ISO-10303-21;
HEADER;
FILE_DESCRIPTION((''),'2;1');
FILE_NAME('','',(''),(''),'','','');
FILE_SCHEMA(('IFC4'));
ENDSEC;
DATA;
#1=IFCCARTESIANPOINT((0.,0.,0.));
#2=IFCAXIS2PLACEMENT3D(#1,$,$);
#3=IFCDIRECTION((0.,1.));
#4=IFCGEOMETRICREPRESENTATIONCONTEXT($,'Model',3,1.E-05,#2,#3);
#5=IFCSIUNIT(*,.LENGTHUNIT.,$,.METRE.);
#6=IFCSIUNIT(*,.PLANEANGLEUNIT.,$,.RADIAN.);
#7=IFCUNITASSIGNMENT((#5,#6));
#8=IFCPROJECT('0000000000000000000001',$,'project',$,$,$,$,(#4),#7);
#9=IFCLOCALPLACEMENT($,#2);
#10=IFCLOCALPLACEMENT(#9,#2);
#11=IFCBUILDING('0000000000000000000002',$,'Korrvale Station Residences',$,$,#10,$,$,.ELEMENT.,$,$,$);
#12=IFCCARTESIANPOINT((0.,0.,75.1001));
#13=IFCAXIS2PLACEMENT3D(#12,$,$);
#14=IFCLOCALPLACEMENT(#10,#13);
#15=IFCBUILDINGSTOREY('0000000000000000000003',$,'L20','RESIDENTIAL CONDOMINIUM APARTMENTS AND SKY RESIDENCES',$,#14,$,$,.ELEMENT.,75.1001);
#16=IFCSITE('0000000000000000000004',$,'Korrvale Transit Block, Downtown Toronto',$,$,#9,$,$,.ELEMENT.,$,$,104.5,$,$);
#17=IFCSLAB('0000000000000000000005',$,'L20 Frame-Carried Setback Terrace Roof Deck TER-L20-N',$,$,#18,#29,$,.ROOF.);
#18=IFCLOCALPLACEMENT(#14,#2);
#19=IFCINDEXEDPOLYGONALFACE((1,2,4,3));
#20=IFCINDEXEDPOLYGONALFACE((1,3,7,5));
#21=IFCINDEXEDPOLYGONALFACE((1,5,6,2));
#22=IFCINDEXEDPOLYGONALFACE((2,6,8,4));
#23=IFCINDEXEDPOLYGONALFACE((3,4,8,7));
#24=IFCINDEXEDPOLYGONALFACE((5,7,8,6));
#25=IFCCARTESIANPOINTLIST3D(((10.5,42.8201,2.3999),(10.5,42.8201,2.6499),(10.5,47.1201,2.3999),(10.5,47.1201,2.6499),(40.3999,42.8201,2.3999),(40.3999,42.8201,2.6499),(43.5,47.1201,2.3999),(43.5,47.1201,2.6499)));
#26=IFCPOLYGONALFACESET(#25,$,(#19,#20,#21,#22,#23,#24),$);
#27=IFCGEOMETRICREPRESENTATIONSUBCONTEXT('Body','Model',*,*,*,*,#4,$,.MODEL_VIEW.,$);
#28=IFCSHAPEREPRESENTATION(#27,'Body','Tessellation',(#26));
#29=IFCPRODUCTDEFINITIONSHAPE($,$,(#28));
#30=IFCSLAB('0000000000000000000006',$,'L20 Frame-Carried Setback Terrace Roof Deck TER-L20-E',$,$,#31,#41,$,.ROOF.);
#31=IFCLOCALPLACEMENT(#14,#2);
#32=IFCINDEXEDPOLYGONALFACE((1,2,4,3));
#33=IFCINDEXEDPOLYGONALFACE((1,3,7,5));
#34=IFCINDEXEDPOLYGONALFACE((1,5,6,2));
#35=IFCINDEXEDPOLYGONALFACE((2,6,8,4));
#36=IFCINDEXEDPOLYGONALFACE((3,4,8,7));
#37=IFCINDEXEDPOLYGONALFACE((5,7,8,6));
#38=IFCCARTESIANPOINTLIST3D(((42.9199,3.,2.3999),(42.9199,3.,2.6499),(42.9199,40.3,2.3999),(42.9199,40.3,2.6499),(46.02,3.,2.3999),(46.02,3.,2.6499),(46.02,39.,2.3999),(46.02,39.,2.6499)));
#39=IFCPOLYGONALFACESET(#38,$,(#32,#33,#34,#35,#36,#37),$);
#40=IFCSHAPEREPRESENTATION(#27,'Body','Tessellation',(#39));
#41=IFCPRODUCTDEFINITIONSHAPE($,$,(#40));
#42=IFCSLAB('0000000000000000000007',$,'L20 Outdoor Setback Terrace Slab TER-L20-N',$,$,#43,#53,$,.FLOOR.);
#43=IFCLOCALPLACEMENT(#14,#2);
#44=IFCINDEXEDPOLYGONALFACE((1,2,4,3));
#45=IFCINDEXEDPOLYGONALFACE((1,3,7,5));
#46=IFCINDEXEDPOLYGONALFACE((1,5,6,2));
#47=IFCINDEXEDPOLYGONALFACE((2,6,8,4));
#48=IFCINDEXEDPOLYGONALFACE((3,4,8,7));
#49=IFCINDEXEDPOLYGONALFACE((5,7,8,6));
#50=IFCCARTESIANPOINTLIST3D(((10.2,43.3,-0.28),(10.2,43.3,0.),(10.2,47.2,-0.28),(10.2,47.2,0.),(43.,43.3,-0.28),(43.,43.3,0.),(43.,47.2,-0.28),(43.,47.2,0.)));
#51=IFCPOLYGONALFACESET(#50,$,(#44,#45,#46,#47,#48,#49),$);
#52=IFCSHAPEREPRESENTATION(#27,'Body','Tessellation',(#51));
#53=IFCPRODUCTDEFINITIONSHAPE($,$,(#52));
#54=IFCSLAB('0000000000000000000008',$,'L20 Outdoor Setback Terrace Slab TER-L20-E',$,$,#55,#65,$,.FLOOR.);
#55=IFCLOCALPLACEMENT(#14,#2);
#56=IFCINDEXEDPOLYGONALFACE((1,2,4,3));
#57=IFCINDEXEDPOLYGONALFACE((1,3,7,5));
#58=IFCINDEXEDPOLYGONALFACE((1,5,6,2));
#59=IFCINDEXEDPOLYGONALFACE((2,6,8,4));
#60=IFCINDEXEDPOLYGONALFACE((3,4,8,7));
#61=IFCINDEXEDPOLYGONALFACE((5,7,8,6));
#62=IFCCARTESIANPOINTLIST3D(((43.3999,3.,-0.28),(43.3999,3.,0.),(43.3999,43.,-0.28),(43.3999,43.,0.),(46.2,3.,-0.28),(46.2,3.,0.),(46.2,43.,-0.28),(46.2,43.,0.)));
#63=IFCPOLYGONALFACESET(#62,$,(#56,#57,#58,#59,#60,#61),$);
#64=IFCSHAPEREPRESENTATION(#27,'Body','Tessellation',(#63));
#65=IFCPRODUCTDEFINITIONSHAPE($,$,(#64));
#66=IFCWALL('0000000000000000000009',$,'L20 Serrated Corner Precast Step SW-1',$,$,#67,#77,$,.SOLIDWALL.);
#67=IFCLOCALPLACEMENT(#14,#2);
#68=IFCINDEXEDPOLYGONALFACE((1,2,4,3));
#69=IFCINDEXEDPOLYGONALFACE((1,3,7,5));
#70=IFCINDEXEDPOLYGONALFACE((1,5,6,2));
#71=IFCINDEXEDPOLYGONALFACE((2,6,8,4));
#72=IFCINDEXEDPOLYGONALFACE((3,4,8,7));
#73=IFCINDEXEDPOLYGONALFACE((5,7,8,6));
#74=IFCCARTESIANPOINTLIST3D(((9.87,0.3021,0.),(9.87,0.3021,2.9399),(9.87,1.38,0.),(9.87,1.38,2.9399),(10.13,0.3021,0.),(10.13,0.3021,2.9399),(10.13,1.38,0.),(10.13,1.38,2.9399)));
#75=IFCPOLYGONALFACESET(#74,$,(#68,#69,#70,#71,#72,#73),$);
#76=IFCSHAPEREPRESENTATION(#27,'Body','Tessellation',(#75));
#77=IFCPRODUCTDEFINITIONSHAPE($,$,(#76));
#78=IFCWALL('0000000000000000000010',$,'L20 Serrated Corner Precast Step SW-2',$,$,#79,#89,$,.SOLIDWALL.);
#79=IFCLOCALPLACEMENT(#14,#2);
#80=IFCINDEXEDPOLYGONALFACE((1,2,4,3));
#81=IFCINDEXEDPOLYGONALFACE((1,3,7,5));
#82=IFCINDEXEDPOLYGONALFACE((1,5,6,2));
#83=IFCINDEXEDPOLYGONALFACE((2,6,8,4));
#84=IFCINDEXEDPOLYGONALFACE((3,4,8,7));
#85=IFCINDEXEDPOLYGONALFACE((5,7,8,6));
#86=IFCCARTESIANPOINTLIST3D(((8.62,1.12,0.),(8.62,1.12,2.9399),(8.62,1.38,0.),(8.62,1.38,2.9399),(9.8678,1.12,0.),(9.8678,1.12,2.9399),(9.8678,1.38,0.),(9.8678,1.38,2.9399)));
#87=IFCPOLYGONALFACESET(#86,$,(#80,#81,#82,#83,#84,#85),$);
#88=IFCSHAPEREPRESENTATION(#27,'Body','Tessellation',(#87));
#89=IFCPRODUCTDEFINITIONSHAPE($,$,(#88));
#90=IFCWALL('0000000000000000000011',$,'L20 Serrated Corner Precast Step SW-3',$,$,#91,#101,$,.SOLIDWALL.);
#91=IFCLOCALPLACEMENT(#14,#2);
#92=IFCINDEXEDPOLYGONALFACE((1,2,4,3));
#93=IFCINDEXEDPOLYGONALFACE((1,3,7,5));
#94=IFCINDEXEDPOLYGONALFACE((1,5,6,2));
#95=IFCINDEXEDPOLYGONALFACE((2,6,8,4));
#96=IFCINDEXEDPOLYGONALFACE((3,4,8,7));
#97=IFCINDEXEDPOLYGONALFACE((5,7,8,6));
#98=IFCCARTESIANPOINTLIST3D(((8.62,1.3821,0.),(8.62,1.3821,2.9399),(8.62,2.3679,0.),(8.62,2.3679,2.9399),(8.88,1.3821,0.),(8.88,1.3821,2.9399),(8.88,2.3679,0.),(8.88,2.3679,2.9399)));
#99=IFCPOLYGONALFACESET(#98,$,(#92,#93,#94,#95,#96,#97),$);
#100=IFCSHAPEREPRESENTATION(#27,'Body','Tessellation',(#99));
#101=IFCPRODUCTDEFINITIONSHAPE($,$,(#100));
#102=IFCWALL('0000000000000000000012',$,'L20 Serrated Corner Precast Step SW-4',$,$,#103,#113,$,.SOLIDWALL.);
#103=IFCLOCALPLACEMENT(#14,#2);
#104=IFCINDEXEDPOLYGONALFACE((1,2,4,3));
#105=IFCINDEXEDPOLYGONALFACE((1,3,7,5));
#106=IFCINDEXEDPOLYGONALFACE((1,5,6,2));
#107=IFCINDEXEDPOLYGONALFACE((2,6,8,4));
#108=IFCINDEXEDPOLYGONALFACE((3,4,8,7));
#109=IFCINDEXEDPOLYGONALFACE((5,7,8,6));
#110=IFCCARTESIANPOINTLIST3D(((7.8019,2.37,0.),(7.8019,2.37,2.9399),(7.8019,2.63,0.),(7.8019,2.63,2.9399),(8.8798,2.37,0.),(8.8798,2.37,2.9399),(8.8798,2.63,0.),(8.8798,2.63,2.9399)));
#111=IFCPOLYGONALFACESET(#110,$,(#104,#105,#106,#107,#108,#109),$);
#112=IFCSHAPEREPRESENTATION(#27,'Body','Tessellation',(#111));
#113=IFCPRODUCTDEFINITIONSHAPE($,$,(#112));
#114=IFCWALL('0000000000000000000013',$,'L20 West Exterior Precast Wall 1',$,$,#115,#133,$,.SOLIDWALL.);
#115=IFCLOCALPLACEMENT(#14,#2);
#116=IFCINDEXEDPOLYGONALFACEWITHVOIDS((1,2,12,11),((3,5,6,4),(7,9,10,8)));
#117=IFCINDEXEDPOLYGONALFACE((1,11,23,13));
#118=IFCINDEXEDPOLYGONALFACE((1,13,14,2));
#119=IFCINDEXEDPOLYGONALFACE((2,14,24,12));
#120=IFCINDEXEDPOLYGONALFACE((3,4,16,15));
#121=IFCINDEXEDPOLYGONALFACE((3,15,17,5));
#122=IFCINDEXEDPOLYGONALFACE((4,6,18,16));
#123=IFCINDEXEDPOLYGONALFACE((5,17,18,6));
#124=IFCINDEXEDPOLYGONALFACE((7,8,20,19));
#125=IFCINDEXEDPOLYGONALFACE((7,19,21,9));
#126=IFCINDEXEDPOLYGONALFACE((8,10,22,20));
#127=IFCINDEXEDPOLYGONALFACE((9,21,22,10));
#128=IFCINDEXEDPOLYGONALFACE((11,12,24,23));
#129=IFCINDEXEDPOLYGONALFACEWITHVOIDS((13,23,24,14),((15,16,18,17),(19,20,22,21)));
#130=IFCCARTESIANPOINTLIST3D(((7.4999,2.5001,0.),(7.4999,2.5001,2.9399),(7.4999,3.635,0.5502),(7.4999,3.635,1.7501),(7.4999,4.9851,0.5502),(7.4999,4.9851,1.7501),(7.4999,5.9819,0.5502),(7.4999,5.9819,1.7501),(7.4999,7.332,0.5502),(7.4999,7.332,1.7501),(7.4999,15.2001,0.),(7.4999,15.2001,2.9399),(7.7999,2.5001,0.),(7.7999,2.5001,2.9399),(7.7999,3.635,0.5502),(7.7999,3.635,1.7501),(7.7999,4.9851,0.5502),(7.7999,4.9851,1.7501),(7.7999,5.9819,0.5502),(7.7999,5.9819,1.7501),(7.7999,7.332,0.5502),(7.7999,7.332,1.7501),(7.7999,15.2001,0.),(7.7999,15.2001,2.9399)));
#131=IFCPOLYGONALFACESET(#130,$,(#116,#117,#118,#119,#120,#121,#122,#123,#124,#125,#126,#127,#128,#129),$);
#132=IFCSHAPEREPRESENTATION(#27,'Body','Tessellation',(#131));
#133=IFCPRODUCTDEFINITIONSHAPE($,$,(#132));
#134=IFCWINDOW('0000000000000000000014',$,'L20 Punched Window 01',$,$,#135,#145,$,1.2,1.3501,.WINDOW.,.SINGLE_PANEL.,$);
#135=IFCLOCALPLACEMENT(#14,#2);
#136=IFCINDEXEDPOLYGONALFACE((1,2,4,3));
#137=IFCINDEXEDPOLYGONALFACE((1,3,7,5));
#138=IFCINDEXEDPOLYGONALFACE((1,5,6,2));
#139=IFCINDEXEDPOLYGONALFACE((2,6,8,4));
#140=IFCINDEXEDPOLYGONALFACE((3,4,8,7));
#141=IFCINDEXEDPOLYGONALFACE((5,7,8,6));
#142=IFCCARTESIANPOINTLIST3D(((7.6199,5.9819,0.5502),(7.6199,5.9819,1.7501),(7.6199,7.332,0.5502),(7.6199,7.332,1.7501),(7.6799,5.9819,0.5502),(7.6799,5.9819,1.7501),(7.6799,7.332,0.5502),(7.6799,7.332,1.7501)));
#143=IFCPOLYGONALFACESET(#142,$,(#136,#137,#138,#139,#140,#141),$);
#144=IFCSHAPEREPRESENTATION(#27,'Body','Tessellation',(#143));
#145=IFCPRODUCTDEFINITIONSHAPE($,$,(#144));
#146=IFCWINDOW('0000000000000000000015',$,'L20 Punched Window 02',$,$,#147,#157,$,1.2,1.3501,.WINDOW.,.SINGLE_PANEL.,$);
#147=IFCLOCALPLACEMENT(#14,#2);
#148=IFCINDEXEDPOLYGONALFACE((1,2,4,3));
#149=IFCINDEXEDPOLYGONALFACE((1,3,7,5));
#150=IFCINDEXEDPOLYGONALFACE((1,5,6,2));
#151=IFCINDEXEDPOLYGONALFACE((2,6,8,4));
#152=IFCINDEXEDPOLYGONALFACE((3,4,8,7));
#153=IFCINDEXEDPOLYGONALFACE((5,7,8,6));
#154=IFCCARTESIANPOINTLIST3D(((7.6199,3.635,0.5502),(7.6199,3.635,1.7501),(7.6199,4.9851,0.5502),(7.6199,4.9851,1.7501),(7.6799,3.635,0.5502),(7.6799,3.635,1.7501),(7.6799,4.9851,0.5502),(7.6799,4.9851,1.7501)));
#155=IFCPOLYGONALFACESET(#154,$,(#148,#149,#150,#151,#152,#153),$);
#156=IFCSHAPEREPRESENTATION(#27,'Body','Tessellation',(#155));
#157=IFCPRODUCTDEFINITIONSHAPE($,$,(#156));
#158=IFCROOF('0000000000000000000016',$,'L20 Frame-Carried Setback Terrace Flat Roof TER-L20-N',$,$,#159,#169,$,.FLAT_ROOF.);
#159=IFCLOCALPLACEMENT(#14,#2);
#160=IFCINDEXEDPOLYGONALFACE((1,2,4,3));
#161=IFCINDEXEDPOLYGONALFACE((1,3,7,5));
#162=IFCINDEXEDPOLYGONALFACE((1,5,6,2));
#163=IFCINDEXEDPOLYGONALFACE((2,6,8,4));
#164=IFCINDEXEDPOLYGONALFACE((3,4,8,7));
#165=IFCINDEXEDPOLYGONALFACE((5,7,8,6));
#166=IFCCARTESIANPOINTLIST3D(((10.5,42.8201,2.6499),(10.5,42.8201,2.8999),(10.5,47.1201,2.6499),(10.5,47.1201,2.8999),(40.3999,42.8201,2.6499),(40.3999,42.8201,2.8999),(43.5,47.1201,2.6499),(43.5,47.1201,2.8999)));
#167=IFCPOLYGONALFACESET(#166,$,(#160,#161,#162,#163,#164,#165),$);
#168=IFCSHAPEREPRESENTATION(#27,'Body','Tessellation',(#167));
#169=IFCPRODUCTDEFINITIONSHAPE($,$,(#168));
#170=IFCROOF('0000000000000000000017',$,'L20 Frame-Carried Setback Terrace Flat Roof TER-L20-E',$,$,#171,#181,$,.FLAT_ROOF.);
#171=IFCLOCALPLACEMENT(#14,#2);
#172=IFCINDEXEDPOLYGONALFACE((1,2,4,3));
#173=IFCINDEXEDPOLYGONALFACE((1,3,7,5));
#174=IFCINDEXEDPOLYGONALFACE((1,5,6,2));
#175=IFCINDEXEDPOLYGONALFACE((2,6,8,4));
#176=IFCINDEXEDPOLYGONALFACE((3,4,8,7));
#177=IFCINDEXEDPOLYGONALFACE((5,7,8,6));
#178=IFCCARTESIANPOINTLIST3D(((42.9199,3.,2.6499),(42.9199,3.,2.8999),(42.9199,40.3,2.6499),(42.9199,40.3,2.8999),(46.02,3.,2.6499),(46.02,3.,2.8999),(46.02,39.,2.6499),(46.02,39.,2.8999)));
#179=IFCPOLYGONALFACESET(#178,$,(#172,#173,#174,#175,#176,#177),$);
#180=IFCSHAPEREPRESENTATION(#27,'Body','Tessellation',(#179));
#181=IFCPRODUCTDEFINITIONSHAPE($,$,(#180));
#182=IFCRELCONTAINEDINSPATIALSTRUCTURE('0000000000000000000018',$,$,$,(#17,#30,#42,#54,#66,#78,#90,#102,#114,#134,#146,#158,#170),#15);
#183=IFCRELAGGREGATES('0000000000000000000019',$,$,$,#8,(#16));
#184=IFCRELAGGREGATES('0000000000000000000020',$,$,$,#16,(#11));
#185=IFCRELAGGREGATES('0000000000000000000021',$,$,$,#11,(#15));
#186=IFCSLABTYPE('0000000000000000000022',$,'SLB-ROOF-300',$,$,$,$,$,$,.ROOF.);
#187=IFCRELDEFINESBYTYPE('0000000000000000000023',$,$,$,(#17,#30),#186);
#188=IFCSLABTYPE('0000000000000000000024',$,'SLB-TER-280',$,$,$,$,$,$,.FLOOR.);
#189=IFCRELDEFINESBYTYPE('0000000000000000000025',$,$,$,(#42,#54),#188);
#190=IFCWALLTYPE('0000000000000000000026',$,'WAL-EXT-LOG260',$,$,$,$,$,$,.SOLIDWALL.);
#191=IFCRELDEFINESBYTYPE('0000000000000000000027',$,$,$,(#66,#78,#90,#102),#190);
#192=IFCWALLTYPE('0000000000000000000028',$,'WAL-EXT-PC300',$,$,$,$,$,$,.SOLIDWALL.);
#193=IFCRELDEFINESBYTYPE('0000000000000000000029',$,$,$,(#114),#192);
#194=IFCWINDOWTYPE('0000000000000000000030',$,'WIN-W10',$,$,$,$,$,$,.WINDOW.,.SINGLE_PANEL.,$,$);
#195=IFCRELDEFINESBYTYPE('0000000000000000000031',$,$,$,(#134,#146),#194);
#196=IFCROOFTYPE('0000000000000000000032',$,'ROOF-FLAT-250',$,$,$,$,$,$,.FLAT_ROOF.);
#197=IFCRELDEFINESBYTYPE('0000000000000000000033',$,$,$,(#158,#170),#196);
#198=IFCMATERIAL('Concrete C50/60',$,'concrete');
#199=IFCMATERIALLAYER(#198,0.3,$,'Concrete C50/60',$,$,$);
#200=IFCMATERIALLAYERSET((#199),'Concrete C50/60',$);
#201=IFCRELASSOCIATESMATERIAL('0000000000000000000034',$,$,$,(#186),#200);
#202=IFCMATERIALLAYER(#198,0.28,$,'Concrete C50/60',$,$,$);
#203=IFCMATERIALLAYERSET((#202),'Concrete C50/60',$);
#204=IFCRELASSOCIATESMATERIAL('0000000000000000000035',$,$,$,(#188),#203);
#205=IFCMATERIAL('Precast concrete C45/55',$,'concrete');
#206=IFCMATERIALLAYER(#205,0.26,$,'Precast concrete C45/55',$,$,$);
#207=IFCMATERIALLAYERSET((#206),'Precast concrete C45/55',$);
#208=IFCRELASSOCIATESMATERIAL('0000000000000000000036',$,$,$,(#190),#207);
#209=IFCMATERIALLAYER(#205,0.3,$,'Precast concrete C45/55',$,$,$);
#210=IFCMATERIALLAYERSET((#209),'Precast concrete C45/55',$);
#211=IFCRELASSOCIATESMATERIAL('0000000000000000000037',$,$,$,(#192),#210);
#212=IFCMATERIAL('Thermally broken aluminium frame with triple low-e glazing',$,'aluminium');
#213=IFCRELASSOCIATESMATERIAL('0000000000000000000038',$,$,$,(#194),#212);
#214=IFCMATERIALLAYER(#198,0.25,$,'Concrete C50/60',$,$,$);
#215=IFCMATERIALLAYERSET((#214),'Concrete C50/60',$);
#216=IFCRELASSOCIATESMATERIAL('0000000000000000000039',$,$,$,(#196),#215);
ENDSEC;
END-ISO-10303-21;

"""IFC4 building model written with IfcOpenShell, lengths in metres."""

from ifc_helpers import new_model, si_unit, direction, frame, frame_2d, origin, place, context, subcontext, project, spatial, polyline, rectangle, outline, extrude, material, layer, layer_set, type_object, element, fill, save


model = new_model("IFC4")

# Units and contexts
model_context = context("Model", 3, precision=1e-05, world=origin(), true_north=direction((0.0, 1.0)))
body_context = subcontext(model_context, "Body", "Model", "MODEL_VIEW")
ifc_project = project(units=[si_unit("LENGTHUNIT", "METRE"), si_unit("PLANEANGLEUNIT", "RADIAN")], contexts=[model_context])

# Site, building, storey
site_placement = place(None, origin())
site = spatial("IfcSite", under=ifc_project, at=site_placement, Name="Korrvale Transit Block, Downtown Toronto", CompositionType="ELEMENT", RefElevation=104.5)
building_placement = place(site_placement, origin())
building = spatial("IfcBuilding", under=site, at=building_placement, Name="Korrvale Station Residences", CompositionType="ELEMENT")
storey_placement = place(building_placement, frame((0.0, 0.0, 75.1001)))
storey = spatial("IfcBuildingStorey", under=building, at=storey_placement, Name="L20", Description="RESIDENTIAL CONDOMINIUM APARTMENTS AND SKY RESIDENCES", CompositionType="ELEMENT", Elevation=75.1001)

# Shared definitions
ifc_material_1 = material(Name="Concrete C50/60", Category="concrete")

# Slabs
ifc_layer_1 = layer(ifc_material_1, 0.3, Name="Concrete C50/60")
ifc_layer_set_1 = layer_set([ifc_layer_1], Name="Concrete C50/60")
slab_type_1 = type_object("IfcSlabType", Name="SLB-ROOF-300", PredefinedType="ROOF", material=ifc_layer_set_1)
slab_1_placement = place(storey_placement, frame((0.0, 0.0, 2.3999)))
element("IfcSlab", 1, at=slab_1_placement, inside=storey, type_object=slab_type_1, Name="L20 Frame-Carried Setback Terrace Roof Deck TER-L20-N", PredefinedType="ROOF", context=body_context, shape_type="SweptSolid", body=[
    extrude(outline(polyline([(10.5, 47.1201), (43.5, 47.1201), (40.3999, 42.8201), (10.5, 42.8201), (10.5, 47.1201)])), origin(), (0.0, 0.0, 1.0), 0.25),
])
slab_2_placement = place(storey_placement, frame((0.0, 0.0, 2.3999)))
element("IfcSlab", 2, at=slab_2_placement, inside=storey, type_object=slab_type_1, Name="L20 Frame-Carried Setback Terrace Roof Deck TER-L20-E", PredefinedType="ROOF", context=body_context, shape_type="SweptSolid", body=[
    extrude(outline(polyline([(46.02, 3.0), (46.02, 39.0), (42.9199, 40.3), (42.9199, 3.0), (46.02, 3.0)])), origin(), (0.0, 0.0, 1.0), 0.25),
])
ifc_layer_2 = layer(ifc_material_1, 0.28, Name="Concrete C50/60")
ifc_layer_set_2 = layer_set([ifc_layer_2], Name="Concrete C50/60")
slab_type_2 = type_object("IfcSlabType", Name="SLB-TER-280", PredefinedType="FLOOR", material=ifc_layer_set_2)
slab_3_placement = place(storey_placement, frame((0.0, 0.0, -0.28)))
element("IfcSlab", 3, at=slab_3_placement, inside=storey, type_object=slab_type_2, Name="L20 Outdoor Setback Terrace Slab TER-L20-N", PredefinedType="FLOOR", context=body_context, shape_type="SweptSolid", body=[
    extrude(outline(polyline([(10.2, 43.3), (43.0, 43.3), (43.0, 47.2), (10.2, 47.2), (10.2, 43.3)])), origin(), (0.0, 0.0, 1.0), 0.28),
])
slab_4_placement = place(storey_placement, frame((0.0, 0.0, -0.28)))
element("IfcSlab", 4, at=slab_4_placement, inside=storey, type_object=slab_type_2, Name="L20 Outdoor Setback Terrace Slab TER-L20-E", PredefinedType="FLOOR", context=body_context, shape_type="SweptSolid", body=[
    extrude(outline(polyline([(43.3999, 3.0), (46.2, 3.0), (46.2, 43.0), (43.3999, 43.0), (43.3999, 3.0)])), origin(), (0.0, 0.0, 1.0), 0.28),
])

# Walls
ifc_material_2 = material(Name="Precast concrete C45/55", Category="concrete")
ifc_layer_3 = layer(ifc_material_2, 0.26, Name="Precast concrete C45/55")
ifc_layer_set_3 = layer_set([ifc_layer_3], Name="Precast concrete C45/55")
wall_type_1 = type_object("IfcWallType", Name="WAL-EXT-LOG260", PredefinedType="SOLIDWALL", material=ifc_layer_set_3)
wall_1_placement = place(storey_placement, frame((10.0, 0.302, 0.0), z_axis=(0.0, 0.0, 1.0), x_axis=(0.0, 1.0, 0.0)))
element("IfcWall", 5, at=wall_1_placement, inside=storey, type_object=wall_type_1, Name="L20 Serrated Corner Precast Step SW-1", PredefinedType="SOLIDWALL", context=body_context, shape_type="SweptSolid", body=[
    extrude(rectangle(XDim=1.0779, YDim=0.26, at=frame_2d((0.5391, 0.0))), origin(), (0.0, 0.0, 1.0), 2.9399),
])
wall_2_placement = place(storey_placement, frame((9.8679, 1.25, 0.0), z_axis=(0.0, 0.0, 1.0), x_axis=(-1.0, 0.0, 0.0)))
element("IfcWall", 6, at=wall_2_placement, inside=storey, type_object=wall_type_1, Name="L20 Serrated Corner Precast Step SW-2", PredefinedType="SOLIDWALL", context=body_context, shape_type="SweptSolid", body=[
    extrude(rectangle(XDim=1.2478, YDim=0.26, at=frame_2d((0.624, 0.0))), origin(), (0.0, 0.0, 1.0), 2.9399),
])
wall_3_placement = place(storey_placement, frame((8.75, 1.3821, 0.0), z_axis=(0.0, 0.0, 1.0), x_axis=(0.0, 1.0, 0.0)))
element("IfcWall", 7, at=wall_3_placement, inside=storey, type_object=wall_type_1, Name="L20 Serrated Corner Precast Step SW-3", PredefinedType="SOLIDWALL", context=body_context, shape_type="SweptSolid", body=[
    extrude(rectangle(XDim=0.9858, YDim=0.26, at=frame_2d((0.4929, 0.0))), origin(), (0.0, 0.0, 1.0), 2.9399),
])
wall_4_placement = place(storey_placement, frame((8.8799, 2.5, 0.0), z_axis=(0.0, 0.0, 1.0), x_axis=(-1.0, 0.0, 0.0)))
element("IfcWall", 8, at=wall_4_placement, inside=storey, type_object=wall_type_1, Name="L20 Serrated Corner Precast Step SW-4", PredefinedType="SOLIDWALL", context=body_context, shape_type="SweptSolid", body=[
    extrude(rectangle(XDim=1.0779, YDim=0.26, at=frame_2d((0.5391, 0.0))), origin(), (0.0, 0.0, 1.0), 2.9399),
])

# Wall, openings, windows
ifc_layer_4 = layer(ifc_material_2, 0.3, Name="Precast concrete C45/55")
ifc_layer_set_4 = layer_set([ifc_layer_4], Name="Precast concrete C45/55")
wall_type_2 = type_object("IfcWallType", Name="WAL-EXT-PC300", PredefinedType="SOLIDWALL", material=ifc_layer_set_4)
wall_5_placement = place(storey_placement, frame((7.6499, 2.5, 0.0), z_axis=(0.0, 0.0, 1.0), x_axis=(0.0, 1.0, 0.0)))
wall_5 = element("IfcWall", 9, at=wall_5_placement, inside=storey, type_object=wall_type_2, Name="L20 West Exterior Precast Wall 1", PredefinedType="SOLIDWALL", context=body_context, shape_type="SweptSolid", body=[
    extrude(rectangle(XDim=12.7, YDim=0.3, at=frame_2d((6.3501, 0.0))), origin(), (0.0, 0.0, 1.0), 2.9399),
])
opening_1_placement = place(wall_5_placement, frame((3.4819, 0.0, 0.55)))
opening_1 = element("IfcOpeningElement", 10, at=opening_1_placement, cuts=wall_5, PredefinedType="OPENING", context=body_context, shape_type="SweptSolid", body=[
    extrude(rectangle(XDim=1.3501, YDim=1.2, at=frame_2d((0.675, 0.6001))), frame((0.0, 0.1602, 0.0), z_axis=(0.0, -1.0, 0.0), x_axis=(1.0, 0.0, 0.0)), (0.0, 0.0, 1.0), 0.3201),
])
opening_2_placement = place(wall_5_placement, frame((1.135, 0.0, 0.55)))
opening_2 = element("IfcOpeningElement", 11, at=opening_2_placement, cuts=wall_5, PredefinedType="OPENING", context=body_context, shape_type="SweptSolid", body=[
    extrude(rectangle(XDim=1.3501, YDim=1.2, at=frame_2d((0.675, 0.6001))), frame((0.0, 0.1602, 0.0), z_axis=(0.0, -1.0, 0.0), x_axis=(1.0, 0.0, 0.0)), (0.0, 0.0, 1.0), 0.3201),
])
ifc_material_3 = material(Name="Thermally broken aluminium frame with triple low-e glazing", Category="aluminium")
window_type = type_object("IfcWindowType", Name="WIN-W10", PartitioningType="SINGLE_PANEL", PredefinedType="WINDOW", material=ifc_material_3)
window_1_placement = place(opening_1_placement, origin())
window_1 = element("IfcWindow", 12, at=window_1_placement, inside=storey, type_object=window_type, Name="L20 Punched Window 01", OverallHeight=1.2, OverallWidth=1.3501, PartitioningType="SINGLE_PANEL", PredefinedType="WINDOW", context=body_context, shape_type="SweptSolid", body=[
    extrude(rectangle(XDim=1.3501, YDim=1.2, at=frame_2d((0.675, 0.6001))), frame((0.0, 0.03, 0.0), z_axis=(0.0, -1.0, 0.0), x_axis=(1.0, 0.0, 0.0)), (0.0, 0.0, 1.0), 0.0601),
])
fill(opening_1, window_1)
window_2_placement = place(opening_2_placement, origin())
window_2 = element("IfcWindow", 13, at=window_2_placement, inside=storey, type_object=window_type, Name="L20 Punched Window 02", OverallHeight=1.2, OverallWidth=1.3501, PartitioningType="SINGLE_PANEL", PredefinedType="WINDOW", context=body_context, shape_type="SweptSolid", body=[
    extrude(rectangle(XDim=1.3501, YDim=1.2, at=frame_2d((0.675, 0.6001))), frame((0.0, 0.03, 0.0), z_axis=(0.0, -1.0, 0.0), x_axis=(1.0, 0.0, 0.0)), (0.0, 0.0, 1.0), 0.0601),
])
fill(opening_2, window_2)

# Roofs
ifc_layer_5 = layer(ifc_material_1, 0.25, Name="Concrete C50/60")
ifc_layer_set_5 = layer_set([ifc_layer_5], Name="Concrete C50/60")
roof_type = type_object("IfcRoofType", Name="ROOF-FLAT-250", PredefinedType="FLAT_ROOF", material=ifc_layer_set_5)
roof_1_placement = place(storey_placement, frame((0.0, 0.0, 2.6499)))
element("IfcRoof", 14, at=roof_1_placement, inside=storey, type_object=roof_type, Name="L20 Frame-Carried Setback Terrace Flat Roof TER-L20-N", PredefinedType="FLAT_ROOF", context=body_context, shape_type="SweptSolid", body=[
    extrude(outline(polyline([(10.5, 47.1201), (43.5, 47.1201), (40.3999, 42.8201), (10.5, 42.8201), (10.5, 47.1201)])), origin(), (0.0, 0.0, 1.0), 0.25),
])
roof_2_placement = place(storey_placement, frame((0.0, 0.0, 2.6499)))
element("IfcRoof", 15, at=roof_2_placement, inside=storey, type_object=roof_type, Name="L20 Frame-Carried Setback Terrace Flat Roof TER-L20-E", PredefinedType="FLAT_ROOF", context=body_context, shape_type="SweptSolid", body=[
    extrude(outline(polyline([(46.02, 3.0), (46.02, 39.0), (42.9199, 40.3), (42.9199, 3.0), (46.02, 3.0)])), origin(), (0.0, 0.0, 1.0), 0.25),
])

save(model, "model.ifc")
